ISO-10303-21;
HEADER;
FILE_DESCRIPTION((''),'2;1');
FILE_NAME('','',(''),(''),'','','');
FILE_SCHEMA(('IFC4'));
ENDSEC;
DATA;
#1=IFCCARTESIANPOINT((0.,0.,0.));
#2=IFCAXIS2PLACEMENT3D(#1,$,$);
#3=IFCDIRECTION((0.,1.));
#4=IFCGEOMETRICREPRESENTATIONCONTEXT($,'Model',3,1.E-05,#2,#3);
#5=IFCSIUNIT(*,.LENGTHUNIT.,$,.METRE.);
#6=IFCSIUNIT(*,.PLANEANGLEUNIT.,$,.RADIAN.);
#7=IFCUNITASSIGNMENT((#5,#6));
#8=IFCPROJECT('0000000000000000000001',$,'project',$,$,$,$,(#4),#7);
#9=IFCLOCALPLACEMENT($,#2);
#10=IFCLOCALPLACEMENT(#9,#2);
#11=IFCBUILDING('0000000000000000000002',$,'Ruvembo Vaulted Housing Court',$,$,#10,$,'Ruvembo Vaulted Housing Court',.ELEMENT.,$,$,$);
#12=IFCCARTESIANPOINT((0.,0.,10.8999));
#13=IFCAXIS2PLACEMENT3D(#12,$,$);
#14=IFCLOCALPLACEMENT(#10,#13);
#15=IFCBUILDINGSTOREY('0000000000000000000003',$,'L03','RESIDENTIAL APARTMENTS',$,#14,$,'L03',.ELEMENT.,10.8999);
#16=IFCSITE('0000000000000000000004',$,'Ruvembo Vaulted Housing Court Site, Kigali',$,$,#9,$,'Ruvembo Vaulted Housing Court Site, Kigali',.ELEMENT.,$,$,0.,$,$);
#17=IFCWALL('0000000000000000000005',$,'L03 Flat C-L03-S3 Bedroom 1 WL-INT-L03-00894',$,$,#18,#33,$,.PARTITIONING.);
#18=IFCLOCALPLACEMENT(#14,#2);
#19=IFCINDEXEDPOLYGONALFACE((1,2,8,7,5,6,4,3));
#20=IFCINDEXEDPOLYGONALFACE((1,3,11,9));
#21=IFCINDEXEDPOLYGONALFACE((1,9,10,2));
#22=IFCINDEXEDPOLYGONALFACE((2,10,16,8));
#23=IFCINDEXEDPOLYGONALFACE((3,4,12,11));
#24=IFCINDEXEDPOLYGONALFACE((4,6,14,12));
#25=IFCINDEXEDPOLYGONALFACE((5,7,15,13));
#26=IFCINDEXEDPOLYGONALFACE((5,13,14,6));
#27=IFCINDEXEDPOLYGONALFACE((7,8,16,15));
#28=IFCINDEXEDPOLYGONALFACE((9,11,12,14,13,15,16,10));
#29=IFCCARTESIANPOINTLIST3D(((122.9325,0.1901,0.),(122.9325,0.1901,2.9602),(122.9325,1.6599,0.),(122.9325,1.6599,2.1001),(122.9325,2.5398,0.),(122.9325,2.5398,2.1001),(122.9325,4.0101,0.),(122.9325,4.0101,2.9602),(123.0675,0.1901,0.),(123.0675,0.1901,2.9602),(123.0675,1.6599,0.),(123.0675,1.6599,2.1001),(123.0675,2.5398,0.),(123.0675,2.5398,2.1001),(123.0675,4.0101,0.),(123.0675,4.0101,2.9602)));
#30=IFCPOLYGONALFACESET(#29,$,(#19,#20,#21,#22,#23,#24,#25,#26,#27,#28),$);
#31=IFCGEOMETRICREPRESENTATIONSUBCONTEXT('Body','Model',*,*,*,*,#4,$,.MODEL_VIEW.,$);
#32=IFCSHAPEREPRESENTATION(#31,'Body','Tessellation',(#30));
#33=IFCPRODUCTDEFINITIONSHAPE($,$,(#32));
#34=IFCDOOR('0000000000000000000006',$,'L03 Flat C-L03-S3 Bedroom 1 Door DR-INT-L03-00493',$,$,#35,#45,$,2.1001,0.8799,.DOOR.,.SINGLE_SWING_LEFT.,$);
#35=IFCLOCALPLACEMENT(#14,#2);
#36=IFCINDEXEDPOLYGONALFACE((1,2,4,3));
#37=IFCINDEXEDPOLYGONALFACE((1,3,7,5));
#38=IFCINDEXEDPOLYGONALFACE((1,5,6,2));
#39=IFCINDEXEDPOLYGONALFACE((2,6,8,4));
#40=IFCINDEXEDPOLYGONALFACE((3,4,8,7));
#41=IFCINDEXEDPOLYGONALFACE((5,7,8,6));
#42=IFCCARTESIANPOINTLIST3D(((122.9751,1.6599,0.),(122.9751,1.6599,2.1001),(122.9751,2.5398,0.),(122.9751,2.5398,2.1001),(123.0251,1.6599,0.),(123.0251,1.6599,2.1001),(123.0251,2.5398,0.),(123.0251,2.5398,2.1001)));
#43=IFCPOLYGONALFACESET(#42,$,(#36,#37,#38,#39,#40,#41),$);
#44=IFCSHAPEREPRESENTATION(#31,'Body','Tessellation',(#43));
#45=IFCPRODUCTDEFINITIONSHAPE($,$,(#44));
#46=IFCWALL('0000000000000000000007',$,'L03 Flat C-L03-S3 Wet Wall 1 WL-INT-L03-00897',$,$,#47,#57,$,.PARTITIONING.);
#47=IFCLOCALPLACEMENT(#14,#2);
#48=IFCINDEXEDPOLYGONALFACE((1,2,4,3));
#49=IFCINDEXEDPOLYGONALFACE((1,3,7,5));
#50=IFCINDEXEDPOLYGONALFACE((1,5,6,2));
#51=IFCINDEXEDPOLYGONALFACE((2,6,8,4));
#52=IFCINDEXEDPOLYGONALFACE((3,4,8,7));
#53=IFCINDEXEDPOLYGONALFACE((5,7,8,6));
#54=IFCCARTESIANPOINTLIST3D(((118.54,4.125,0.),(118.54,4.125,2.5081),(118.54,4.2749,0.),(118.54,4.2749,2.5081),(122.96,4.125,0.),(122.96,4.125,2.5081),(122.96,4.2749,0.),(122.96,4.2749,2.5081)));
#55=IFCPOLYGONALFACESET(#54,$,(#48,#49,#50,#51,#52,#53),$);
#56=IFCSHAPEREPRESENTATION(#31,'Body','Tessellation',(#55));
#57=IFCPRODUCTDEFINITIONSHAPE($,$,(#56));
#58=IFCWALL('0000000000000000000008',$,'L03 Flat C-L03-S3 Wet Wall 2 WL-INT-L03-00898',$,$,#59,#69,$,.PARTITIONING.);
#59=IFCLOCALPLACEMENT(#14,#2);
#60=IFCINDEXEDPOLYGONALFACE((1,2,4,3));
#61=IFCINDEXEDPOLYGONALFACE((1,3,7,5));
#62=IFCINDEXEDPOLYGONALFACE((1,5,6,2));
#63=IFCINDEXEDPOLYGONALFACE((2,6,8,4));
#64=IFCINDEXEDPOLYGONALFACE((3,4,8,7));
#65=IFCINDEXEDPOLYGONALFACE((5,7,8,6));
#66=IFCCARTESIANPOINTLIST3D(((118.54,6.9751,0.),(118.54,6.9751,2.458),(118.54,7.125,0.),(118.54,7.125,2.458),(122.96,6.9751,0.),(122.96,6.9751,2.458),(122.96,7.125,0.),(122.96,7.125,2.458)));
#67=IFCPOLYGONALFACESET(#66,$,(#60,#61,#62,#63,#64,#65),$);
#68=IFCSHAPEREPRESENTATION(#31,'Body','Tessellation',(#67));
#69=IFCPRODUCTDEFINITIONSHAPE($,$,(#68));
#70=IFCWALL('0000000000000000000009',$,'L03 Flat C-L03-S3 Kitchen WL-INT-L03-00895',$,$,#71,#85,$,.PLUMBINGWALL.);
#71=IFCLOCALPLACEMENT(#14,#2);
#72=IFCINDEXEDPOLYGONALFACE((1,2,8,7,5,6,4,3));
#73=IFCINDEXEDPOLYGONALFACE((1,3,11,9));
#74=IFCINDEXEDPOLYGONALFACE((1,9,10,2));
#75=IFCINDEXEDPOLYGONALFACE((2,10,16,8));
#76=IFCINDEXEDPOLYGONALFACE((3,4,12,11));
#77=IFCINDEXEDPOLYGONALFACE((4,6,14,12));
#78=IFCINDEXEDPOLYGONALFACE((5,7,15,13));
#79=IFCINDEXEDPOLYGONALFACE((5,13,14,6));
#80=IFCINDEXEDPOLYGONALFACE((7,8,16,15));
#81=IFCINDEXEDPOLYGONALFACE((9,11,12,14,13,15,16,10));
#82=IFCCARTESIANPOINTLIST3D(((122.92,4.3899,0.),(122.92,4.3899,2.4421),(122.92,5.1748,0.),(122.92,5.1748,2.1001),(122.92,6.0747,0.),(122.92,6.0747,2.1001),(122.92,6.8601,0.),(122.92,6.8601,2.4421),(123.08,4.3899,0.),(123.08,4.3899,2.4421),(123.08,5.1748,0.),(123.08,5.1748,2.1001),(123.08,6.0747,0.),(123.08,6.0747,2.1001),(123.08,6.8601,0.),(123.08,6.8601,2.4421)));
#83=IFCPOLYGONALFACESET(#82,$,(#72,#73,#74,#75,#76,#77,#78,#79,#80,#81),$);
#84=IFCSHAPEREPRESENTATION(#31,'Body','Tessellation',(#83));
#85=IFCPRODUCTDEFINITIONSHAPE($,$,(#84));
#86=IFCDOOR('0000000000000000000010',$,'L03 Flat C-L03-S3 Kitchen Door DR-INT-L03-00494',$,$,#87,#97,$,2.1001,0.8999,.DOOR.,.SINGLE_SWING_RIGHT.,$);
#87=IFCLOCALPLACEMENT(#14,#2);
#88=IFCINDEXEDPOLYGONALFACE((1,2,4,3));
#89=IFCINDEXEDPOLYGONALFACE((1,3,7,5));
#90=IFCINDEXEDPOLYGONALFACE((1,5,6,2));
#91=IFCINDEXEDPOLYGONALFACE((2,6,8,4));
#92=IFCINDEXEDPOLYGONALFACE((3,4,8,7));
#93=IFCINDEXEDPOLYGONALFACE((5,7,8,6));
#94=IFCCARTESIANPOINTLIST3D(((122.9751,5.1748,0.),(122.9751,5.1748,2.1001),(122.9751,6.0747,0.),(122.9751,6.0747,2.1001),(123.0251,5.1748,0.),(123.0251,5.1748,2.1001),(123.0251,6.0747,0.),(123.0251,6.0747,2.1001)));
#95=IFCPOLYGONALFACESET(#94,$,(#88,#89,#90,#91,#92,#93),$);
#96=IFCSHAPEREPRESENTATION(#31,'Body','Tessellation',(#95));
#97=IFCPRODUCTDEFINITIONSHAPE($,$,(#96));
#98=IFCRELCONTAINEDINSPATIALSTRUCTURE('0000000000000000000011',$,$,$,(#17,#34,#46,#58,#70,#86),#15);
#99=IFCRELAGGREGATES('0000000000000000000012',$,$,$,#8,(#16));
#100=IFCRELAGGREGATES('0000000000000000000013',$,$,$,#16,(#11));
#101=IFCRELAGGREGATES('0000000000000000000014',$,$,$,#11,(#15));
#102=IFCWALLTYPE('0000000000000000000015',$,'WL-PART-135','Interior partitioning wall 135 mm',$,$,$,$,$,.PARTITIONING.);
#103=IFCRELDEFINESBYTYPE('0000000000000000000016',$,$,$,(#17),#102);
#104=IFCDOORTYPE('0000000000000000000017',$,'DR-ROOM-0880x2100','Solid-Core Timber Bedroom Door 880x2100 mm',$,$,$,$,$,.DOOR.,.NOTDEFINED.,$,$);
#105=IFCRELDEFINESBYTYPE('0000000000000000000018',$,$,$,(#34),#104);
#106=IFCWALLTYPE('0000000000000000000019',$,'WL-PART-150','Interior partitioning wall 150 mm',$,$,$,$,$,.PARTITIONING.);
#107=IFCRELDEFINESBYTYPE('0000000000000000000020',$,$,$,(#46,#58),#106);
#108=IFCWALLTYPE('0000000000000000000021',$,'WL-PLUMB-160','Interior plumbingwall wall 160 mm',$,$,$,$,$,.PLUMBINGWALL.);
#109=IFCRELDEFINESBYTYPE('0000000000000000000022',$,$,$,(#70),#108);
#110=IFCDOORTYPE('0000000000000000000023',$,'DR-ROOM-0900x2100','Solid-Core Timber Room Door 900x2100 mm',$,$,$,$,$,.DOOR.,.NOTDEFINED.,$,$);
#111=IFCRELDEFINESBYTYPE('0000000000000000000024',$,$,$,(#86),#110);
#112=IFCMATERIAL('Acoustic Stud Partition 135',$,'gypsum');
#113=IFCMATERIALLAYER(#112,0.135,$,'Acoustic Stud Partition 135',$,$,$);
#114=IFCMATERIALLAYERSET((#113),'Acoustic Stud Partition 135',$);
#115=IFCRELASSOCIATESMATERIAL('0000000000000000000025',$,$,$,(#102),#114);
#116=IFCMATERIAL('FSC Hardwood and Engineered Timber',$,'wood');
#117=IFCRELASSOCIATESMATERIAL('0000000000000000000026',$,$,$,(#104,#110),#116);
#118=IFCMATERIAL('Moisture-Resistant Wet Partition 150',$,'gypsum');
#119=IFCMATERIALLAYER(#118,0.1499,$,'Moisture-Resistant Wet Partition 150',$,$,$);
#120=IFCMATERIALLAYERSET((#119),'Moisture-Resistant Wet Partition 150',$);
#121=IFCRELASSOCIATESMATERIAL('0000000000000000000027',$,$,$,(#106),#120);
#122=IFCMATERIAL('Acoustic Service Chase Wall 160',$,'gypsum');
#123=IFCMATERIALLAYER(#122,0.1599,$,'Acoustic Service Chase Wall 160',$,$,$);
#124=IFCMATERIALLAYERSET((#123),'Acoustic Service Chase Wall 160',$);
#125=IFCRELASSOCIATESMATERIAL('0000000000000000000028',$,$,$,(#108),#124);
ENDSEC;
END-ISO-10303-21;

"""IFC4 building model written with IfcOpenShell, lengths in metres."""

from ifc_helpers import new_model, si_unit, direction, frame, frame_2d, origin, place, context, subcontext, project, spatial, rectangle, extrude, material, layer, layer_set, type_object, element, fill, save


model = new_model("IFC4")

# Units and contexts
model_context = context("Model", 3, precision=1e-05, world=origin(), true_north=direction((0.0, 1.0)))
body_context = subcontext(model_context, "Body", "Model", "MODEL_VIEW")
ifc_project = project(units=[si_unit("LENGTHUNIT", "METRE"), si_unit("PLANEANGLEUNIT", "RADIAN")], contexts=[model_context])

# Site, building, storey
site_placement = place(None, origin())
site = spatial("IfcSite", under=ifc_project, at=site_placement, Name="Ruvembo Vaulted Housing Court Site, Kigali", LongName="Ruvembo Vaulted Housing Court Site, Kigali", CompositionType="ELEMENT", RefElevation=0.0)
building_placement = place(site_placement, origin())
building = spatial("IfcBuilding", under=site, at=building_placement, Name="Ruvembo Vaulted Housing Court", LongName="Ruvembo Vaulted Housing Court", CompositionType="ELEMENT")
storey_placement = place(building_placement, frame((0.0, 0.0, 10.8999)))
storey = spatial("IfcBuildingStorey", under=building, at=storey_placement, Name="L03", Description="RESIDENTIAL APARTMENTS", LongName="L03", CompositionType="ELEMENT", Elevation=10.8999)

# Wall, opening, door
ifc_material_1 = material(Name="Acoustic Stud Partition 135", Category="gypsum")
ifc_layer_1 = layer(ifc_material_1, 0.135, Name="Acoustic Stud Partition 135")
ifc_layer_set_1 = layer_set([ifc_layer_1], Name="Acoustic Stud Partition 135")
wall_type_1 = type_object("IfcWallType", Name="WL-PART-135", Description="Interior partitioning wall 135 mm", PredefinedType="PARTITIONING", material=ifc_layer_set_1)
wall_1_placement = place(storey_placement, frame((123.0, 0.1899, 0.0), z_axis=(0.0, 0.0, 1.0), x_axis=(0.0, 1.0, 0.0)))
wall_1 = element("IfcWall", 1, at=wall_1_placement, inside=storey, type_object=wall_type_1, Name="L03 Flat C-L03-S3 Bedroom 1 WL-INT-L03-00894", PredefinedType="PARTITIONING", context=body_context, shape_type="SweptSolid", body=[
    extrude(rectangle(XDim=3.8201, YDim=0.135, at=frame_2d((1.9102, 0.0))), origin(), (0.0, 0.0, 1.0), 2.9602),
])
opening_1_placement = place(wall_1_placement, frame((1.47, 0.0, 0.0)))
opening_1 = element("IfcOpeningElement", 2, at=opening_1_placement, cuts=wall_1, PredefinedType="OPENING", context=body_context, shape_type="SweptSolid", body=[
    extrude(rectangle(XDim=0.8799, YDim=2.1001, at=frame_2d((0.4399, 1.05))), frame((0.0, 0.0774, 0.0), z_axis=(0.0, -1.0, 0.0), x_axis=(1.0, 0.0, 0.0)), (0.0, 0.0, 1.0), 0.155),
])
ifc_material_2 = material(Name="FSC Hardwood and Engineered Timber", Category="wood")
door_type_1 = type_object("IfcDoorType", Name="DR-ROOM-0880x2100", Description="Solid-Core Timber Bedroom Door 880x2100 mm", OperationType="NOTDEFINED", PredefinedType="DOOR", material=ifc_material_2)
door_1_placement = place(opening_1_placement, origin())
door_1 = element("IfcDoor", 3, at=door_1_placement, inside=storey, type_object=door_type_1, Name="L03 Flat C-L03-S3 Bedroom 1 Door DR-INT-L03-00493", OperationType="SINGLE_SWING_LEFT", OverallHeight=2.1001, OverallWidth=0.8799, PredefinedType="DOOR", context=body_context, shape_type="SweptSolid", body=[
    extrude(rectangle(XDim=0.8799, YDim=2.1001, at=frame_2d((0.4399, 1.05))), frame((0.0, 0.0249, 0.0), z_axis=(0.0, -1.0, 0.0), x_axis=(1.0, 0.0, 0.0)), (0.0, 0.0, 1.0), 0.05),
])
fill(opening_1, door_1)

# Walls
ifc_material_3 = material(Name="Moisture-Resistant Wet Partition 150", Category="gypsum")
ifc_layer_2 = layer(ifc_material_3, 0.1499, Name="Moisture-Resistant Wet Partition 150")
ifc_layer_set_2 = layer_set([ifc_layer_2], Name="Moisture-Resistant Wet Partition 150")
wall_type_2 = type_object("IfcWallType", Name="WL-PART-150", Description="Interior partitioning wall 150 mm", PredefinedType="PARTITIONING", material=ifc_layer_set_2)
wall_2_placement = place(storey_placement, frame((118.54, 4.2, 0.0), z_axis=(0.0, 0.0, 1.0), x_axis=(1.0, 0.0, 0.0)))
element("IfcWall", 4, at=wall_2_placement, inside=storey, type_object=wall_type_2, Name="L03 Flat C-L03-S3 Wet Wall 1 WL-INT-L03-00897", PredefinedType="PARTITIONING", context=body_context, shape_type="SweptSolid", body=[
    extrude(rectangle(XDim=4.4199, YDim=0.1499, at=frame_2d((2.21, 0.0))), origin(), (0.0, 0.0, 1.0), 2.5081),
])
wall_3_placement = place(storey_placement, frame((118.54, 7.05, 0.0), z_axis=(0.0, 0.0, 1.0), x_axis=(1.0, 0.0, 0.0)))
element("IfcWall", 5, at=wall_3_placement, inside=storey, type_object=wall_type_2, Name="L03 Flat C-L03-S3 Wet Wall 2 WL-INT-L03-00898", PredefinedType="PARTITIONING", context=body_context, shape_type="SweptSolid", body=[
    extrude(rectangle(XDim=4.4199, YDim=0.1499, at=frame_2d((2.21, 0.0))), origin(), (0.0, 0.0, 1.0), 2.458),
])

# Wall, opening, door
ifc_material_4 = material(Name="Acoustic Service Chase Wall 160", Category="gypsum")
ifc_layer_3 = layer(ifc_material_4, 0.1599, Name="Acoustic Service Chase Wall 160")
ifc_layer_set_3 = layer_set([ifc_layer_3], Name="Acoustic Service Chase Wall 160")
wall_type_3 = type_object("IfcWallType", Name="WL-PLUMB-160", Description="Interior plumbingwall wall 160 mm", PredefinedType="PLUMBINGWALL", material=ifc_layer_set_3)
wall_4_placement = place(storey_placement, frame((123.0, 4.3899, 0.0), z_axis=(0.0, 0.0, 1.0), x_axis=(0.0, 1.0, 0.0)))
wall_4 = element("IfcWall", 6, at=wall_4_placement, inside=storey, type_object=wall_type_3, Name="L03 Flat C-L03-S3 Kitchen WL-INT-L03-00895", PredefinedType="PLUMBINGWALL", context=body_context, shape_type="SweptSolid", body=[
    extrude(rectangle(XDim=2.4702, YDim=0.1599, at=frame_2d((1.2351, 0.0))), origin(), (0.0, 0.0, 1.0), 2.4421),
])
opening_2_placement = place(wall_4_placement, frame((0.7849, 0.0, 0.0)))
opening_2 = element("IfcOpeningElement", 7, at=opening_2_placement, cuts=wall_4, PredefinedType="OPENING", context=body_context, shape_type="SweptSolid", body=[
    extrude(rectangle(XDim=0.8999, YDim=2.1001, at=frame_2d((0.45, 1.05))), frame((0.0, 0.0898, 0.0), z_axis=(0.0, -1.0, 0.0), x_axis=(1.0, 0.0, 0.0)), (0.0, 0.0, 1.0), 0.1799),
])
door_type_2 = type_object("IfcDoorType", Name="DR-ROOM-0900x2100", Description="Solid-Core Timber Room Door 900x2100 mm", OperationType="NOTDEFINED", PredefinedType="DOOR", material=ifc_material_2)
door_2_placement = place(opening_2_placement, origin())
door_2 = element("IfcDoor", 8, at=door_2_placement, inside=storey, type_object=door_type_2, Name="L03 Flat C-L03-S3 Kitchen Door DR-INT-L03-00494", OperationType="SINGLE_SWING_RIGHT", OverallHeight=2.1001, OverallWidth=0.8999, PredefinedType="DOOR", context=body_context, shape_type="SweptSolid", body=[
    extrude(rectangle(XDim=0.8999, YDim=2.1001, at=frame_2d((0.45, 1.05))), frame((0.0, 0.0249, 0.0), z_axis=(0.0, -1.0, 0.0), x_axis=(1.0, 0.0, 0.0)), (0.0, 0.0, 1.0), 0.05),
])
fill(opening_2, door_2)

save(model, "model.ifc")
